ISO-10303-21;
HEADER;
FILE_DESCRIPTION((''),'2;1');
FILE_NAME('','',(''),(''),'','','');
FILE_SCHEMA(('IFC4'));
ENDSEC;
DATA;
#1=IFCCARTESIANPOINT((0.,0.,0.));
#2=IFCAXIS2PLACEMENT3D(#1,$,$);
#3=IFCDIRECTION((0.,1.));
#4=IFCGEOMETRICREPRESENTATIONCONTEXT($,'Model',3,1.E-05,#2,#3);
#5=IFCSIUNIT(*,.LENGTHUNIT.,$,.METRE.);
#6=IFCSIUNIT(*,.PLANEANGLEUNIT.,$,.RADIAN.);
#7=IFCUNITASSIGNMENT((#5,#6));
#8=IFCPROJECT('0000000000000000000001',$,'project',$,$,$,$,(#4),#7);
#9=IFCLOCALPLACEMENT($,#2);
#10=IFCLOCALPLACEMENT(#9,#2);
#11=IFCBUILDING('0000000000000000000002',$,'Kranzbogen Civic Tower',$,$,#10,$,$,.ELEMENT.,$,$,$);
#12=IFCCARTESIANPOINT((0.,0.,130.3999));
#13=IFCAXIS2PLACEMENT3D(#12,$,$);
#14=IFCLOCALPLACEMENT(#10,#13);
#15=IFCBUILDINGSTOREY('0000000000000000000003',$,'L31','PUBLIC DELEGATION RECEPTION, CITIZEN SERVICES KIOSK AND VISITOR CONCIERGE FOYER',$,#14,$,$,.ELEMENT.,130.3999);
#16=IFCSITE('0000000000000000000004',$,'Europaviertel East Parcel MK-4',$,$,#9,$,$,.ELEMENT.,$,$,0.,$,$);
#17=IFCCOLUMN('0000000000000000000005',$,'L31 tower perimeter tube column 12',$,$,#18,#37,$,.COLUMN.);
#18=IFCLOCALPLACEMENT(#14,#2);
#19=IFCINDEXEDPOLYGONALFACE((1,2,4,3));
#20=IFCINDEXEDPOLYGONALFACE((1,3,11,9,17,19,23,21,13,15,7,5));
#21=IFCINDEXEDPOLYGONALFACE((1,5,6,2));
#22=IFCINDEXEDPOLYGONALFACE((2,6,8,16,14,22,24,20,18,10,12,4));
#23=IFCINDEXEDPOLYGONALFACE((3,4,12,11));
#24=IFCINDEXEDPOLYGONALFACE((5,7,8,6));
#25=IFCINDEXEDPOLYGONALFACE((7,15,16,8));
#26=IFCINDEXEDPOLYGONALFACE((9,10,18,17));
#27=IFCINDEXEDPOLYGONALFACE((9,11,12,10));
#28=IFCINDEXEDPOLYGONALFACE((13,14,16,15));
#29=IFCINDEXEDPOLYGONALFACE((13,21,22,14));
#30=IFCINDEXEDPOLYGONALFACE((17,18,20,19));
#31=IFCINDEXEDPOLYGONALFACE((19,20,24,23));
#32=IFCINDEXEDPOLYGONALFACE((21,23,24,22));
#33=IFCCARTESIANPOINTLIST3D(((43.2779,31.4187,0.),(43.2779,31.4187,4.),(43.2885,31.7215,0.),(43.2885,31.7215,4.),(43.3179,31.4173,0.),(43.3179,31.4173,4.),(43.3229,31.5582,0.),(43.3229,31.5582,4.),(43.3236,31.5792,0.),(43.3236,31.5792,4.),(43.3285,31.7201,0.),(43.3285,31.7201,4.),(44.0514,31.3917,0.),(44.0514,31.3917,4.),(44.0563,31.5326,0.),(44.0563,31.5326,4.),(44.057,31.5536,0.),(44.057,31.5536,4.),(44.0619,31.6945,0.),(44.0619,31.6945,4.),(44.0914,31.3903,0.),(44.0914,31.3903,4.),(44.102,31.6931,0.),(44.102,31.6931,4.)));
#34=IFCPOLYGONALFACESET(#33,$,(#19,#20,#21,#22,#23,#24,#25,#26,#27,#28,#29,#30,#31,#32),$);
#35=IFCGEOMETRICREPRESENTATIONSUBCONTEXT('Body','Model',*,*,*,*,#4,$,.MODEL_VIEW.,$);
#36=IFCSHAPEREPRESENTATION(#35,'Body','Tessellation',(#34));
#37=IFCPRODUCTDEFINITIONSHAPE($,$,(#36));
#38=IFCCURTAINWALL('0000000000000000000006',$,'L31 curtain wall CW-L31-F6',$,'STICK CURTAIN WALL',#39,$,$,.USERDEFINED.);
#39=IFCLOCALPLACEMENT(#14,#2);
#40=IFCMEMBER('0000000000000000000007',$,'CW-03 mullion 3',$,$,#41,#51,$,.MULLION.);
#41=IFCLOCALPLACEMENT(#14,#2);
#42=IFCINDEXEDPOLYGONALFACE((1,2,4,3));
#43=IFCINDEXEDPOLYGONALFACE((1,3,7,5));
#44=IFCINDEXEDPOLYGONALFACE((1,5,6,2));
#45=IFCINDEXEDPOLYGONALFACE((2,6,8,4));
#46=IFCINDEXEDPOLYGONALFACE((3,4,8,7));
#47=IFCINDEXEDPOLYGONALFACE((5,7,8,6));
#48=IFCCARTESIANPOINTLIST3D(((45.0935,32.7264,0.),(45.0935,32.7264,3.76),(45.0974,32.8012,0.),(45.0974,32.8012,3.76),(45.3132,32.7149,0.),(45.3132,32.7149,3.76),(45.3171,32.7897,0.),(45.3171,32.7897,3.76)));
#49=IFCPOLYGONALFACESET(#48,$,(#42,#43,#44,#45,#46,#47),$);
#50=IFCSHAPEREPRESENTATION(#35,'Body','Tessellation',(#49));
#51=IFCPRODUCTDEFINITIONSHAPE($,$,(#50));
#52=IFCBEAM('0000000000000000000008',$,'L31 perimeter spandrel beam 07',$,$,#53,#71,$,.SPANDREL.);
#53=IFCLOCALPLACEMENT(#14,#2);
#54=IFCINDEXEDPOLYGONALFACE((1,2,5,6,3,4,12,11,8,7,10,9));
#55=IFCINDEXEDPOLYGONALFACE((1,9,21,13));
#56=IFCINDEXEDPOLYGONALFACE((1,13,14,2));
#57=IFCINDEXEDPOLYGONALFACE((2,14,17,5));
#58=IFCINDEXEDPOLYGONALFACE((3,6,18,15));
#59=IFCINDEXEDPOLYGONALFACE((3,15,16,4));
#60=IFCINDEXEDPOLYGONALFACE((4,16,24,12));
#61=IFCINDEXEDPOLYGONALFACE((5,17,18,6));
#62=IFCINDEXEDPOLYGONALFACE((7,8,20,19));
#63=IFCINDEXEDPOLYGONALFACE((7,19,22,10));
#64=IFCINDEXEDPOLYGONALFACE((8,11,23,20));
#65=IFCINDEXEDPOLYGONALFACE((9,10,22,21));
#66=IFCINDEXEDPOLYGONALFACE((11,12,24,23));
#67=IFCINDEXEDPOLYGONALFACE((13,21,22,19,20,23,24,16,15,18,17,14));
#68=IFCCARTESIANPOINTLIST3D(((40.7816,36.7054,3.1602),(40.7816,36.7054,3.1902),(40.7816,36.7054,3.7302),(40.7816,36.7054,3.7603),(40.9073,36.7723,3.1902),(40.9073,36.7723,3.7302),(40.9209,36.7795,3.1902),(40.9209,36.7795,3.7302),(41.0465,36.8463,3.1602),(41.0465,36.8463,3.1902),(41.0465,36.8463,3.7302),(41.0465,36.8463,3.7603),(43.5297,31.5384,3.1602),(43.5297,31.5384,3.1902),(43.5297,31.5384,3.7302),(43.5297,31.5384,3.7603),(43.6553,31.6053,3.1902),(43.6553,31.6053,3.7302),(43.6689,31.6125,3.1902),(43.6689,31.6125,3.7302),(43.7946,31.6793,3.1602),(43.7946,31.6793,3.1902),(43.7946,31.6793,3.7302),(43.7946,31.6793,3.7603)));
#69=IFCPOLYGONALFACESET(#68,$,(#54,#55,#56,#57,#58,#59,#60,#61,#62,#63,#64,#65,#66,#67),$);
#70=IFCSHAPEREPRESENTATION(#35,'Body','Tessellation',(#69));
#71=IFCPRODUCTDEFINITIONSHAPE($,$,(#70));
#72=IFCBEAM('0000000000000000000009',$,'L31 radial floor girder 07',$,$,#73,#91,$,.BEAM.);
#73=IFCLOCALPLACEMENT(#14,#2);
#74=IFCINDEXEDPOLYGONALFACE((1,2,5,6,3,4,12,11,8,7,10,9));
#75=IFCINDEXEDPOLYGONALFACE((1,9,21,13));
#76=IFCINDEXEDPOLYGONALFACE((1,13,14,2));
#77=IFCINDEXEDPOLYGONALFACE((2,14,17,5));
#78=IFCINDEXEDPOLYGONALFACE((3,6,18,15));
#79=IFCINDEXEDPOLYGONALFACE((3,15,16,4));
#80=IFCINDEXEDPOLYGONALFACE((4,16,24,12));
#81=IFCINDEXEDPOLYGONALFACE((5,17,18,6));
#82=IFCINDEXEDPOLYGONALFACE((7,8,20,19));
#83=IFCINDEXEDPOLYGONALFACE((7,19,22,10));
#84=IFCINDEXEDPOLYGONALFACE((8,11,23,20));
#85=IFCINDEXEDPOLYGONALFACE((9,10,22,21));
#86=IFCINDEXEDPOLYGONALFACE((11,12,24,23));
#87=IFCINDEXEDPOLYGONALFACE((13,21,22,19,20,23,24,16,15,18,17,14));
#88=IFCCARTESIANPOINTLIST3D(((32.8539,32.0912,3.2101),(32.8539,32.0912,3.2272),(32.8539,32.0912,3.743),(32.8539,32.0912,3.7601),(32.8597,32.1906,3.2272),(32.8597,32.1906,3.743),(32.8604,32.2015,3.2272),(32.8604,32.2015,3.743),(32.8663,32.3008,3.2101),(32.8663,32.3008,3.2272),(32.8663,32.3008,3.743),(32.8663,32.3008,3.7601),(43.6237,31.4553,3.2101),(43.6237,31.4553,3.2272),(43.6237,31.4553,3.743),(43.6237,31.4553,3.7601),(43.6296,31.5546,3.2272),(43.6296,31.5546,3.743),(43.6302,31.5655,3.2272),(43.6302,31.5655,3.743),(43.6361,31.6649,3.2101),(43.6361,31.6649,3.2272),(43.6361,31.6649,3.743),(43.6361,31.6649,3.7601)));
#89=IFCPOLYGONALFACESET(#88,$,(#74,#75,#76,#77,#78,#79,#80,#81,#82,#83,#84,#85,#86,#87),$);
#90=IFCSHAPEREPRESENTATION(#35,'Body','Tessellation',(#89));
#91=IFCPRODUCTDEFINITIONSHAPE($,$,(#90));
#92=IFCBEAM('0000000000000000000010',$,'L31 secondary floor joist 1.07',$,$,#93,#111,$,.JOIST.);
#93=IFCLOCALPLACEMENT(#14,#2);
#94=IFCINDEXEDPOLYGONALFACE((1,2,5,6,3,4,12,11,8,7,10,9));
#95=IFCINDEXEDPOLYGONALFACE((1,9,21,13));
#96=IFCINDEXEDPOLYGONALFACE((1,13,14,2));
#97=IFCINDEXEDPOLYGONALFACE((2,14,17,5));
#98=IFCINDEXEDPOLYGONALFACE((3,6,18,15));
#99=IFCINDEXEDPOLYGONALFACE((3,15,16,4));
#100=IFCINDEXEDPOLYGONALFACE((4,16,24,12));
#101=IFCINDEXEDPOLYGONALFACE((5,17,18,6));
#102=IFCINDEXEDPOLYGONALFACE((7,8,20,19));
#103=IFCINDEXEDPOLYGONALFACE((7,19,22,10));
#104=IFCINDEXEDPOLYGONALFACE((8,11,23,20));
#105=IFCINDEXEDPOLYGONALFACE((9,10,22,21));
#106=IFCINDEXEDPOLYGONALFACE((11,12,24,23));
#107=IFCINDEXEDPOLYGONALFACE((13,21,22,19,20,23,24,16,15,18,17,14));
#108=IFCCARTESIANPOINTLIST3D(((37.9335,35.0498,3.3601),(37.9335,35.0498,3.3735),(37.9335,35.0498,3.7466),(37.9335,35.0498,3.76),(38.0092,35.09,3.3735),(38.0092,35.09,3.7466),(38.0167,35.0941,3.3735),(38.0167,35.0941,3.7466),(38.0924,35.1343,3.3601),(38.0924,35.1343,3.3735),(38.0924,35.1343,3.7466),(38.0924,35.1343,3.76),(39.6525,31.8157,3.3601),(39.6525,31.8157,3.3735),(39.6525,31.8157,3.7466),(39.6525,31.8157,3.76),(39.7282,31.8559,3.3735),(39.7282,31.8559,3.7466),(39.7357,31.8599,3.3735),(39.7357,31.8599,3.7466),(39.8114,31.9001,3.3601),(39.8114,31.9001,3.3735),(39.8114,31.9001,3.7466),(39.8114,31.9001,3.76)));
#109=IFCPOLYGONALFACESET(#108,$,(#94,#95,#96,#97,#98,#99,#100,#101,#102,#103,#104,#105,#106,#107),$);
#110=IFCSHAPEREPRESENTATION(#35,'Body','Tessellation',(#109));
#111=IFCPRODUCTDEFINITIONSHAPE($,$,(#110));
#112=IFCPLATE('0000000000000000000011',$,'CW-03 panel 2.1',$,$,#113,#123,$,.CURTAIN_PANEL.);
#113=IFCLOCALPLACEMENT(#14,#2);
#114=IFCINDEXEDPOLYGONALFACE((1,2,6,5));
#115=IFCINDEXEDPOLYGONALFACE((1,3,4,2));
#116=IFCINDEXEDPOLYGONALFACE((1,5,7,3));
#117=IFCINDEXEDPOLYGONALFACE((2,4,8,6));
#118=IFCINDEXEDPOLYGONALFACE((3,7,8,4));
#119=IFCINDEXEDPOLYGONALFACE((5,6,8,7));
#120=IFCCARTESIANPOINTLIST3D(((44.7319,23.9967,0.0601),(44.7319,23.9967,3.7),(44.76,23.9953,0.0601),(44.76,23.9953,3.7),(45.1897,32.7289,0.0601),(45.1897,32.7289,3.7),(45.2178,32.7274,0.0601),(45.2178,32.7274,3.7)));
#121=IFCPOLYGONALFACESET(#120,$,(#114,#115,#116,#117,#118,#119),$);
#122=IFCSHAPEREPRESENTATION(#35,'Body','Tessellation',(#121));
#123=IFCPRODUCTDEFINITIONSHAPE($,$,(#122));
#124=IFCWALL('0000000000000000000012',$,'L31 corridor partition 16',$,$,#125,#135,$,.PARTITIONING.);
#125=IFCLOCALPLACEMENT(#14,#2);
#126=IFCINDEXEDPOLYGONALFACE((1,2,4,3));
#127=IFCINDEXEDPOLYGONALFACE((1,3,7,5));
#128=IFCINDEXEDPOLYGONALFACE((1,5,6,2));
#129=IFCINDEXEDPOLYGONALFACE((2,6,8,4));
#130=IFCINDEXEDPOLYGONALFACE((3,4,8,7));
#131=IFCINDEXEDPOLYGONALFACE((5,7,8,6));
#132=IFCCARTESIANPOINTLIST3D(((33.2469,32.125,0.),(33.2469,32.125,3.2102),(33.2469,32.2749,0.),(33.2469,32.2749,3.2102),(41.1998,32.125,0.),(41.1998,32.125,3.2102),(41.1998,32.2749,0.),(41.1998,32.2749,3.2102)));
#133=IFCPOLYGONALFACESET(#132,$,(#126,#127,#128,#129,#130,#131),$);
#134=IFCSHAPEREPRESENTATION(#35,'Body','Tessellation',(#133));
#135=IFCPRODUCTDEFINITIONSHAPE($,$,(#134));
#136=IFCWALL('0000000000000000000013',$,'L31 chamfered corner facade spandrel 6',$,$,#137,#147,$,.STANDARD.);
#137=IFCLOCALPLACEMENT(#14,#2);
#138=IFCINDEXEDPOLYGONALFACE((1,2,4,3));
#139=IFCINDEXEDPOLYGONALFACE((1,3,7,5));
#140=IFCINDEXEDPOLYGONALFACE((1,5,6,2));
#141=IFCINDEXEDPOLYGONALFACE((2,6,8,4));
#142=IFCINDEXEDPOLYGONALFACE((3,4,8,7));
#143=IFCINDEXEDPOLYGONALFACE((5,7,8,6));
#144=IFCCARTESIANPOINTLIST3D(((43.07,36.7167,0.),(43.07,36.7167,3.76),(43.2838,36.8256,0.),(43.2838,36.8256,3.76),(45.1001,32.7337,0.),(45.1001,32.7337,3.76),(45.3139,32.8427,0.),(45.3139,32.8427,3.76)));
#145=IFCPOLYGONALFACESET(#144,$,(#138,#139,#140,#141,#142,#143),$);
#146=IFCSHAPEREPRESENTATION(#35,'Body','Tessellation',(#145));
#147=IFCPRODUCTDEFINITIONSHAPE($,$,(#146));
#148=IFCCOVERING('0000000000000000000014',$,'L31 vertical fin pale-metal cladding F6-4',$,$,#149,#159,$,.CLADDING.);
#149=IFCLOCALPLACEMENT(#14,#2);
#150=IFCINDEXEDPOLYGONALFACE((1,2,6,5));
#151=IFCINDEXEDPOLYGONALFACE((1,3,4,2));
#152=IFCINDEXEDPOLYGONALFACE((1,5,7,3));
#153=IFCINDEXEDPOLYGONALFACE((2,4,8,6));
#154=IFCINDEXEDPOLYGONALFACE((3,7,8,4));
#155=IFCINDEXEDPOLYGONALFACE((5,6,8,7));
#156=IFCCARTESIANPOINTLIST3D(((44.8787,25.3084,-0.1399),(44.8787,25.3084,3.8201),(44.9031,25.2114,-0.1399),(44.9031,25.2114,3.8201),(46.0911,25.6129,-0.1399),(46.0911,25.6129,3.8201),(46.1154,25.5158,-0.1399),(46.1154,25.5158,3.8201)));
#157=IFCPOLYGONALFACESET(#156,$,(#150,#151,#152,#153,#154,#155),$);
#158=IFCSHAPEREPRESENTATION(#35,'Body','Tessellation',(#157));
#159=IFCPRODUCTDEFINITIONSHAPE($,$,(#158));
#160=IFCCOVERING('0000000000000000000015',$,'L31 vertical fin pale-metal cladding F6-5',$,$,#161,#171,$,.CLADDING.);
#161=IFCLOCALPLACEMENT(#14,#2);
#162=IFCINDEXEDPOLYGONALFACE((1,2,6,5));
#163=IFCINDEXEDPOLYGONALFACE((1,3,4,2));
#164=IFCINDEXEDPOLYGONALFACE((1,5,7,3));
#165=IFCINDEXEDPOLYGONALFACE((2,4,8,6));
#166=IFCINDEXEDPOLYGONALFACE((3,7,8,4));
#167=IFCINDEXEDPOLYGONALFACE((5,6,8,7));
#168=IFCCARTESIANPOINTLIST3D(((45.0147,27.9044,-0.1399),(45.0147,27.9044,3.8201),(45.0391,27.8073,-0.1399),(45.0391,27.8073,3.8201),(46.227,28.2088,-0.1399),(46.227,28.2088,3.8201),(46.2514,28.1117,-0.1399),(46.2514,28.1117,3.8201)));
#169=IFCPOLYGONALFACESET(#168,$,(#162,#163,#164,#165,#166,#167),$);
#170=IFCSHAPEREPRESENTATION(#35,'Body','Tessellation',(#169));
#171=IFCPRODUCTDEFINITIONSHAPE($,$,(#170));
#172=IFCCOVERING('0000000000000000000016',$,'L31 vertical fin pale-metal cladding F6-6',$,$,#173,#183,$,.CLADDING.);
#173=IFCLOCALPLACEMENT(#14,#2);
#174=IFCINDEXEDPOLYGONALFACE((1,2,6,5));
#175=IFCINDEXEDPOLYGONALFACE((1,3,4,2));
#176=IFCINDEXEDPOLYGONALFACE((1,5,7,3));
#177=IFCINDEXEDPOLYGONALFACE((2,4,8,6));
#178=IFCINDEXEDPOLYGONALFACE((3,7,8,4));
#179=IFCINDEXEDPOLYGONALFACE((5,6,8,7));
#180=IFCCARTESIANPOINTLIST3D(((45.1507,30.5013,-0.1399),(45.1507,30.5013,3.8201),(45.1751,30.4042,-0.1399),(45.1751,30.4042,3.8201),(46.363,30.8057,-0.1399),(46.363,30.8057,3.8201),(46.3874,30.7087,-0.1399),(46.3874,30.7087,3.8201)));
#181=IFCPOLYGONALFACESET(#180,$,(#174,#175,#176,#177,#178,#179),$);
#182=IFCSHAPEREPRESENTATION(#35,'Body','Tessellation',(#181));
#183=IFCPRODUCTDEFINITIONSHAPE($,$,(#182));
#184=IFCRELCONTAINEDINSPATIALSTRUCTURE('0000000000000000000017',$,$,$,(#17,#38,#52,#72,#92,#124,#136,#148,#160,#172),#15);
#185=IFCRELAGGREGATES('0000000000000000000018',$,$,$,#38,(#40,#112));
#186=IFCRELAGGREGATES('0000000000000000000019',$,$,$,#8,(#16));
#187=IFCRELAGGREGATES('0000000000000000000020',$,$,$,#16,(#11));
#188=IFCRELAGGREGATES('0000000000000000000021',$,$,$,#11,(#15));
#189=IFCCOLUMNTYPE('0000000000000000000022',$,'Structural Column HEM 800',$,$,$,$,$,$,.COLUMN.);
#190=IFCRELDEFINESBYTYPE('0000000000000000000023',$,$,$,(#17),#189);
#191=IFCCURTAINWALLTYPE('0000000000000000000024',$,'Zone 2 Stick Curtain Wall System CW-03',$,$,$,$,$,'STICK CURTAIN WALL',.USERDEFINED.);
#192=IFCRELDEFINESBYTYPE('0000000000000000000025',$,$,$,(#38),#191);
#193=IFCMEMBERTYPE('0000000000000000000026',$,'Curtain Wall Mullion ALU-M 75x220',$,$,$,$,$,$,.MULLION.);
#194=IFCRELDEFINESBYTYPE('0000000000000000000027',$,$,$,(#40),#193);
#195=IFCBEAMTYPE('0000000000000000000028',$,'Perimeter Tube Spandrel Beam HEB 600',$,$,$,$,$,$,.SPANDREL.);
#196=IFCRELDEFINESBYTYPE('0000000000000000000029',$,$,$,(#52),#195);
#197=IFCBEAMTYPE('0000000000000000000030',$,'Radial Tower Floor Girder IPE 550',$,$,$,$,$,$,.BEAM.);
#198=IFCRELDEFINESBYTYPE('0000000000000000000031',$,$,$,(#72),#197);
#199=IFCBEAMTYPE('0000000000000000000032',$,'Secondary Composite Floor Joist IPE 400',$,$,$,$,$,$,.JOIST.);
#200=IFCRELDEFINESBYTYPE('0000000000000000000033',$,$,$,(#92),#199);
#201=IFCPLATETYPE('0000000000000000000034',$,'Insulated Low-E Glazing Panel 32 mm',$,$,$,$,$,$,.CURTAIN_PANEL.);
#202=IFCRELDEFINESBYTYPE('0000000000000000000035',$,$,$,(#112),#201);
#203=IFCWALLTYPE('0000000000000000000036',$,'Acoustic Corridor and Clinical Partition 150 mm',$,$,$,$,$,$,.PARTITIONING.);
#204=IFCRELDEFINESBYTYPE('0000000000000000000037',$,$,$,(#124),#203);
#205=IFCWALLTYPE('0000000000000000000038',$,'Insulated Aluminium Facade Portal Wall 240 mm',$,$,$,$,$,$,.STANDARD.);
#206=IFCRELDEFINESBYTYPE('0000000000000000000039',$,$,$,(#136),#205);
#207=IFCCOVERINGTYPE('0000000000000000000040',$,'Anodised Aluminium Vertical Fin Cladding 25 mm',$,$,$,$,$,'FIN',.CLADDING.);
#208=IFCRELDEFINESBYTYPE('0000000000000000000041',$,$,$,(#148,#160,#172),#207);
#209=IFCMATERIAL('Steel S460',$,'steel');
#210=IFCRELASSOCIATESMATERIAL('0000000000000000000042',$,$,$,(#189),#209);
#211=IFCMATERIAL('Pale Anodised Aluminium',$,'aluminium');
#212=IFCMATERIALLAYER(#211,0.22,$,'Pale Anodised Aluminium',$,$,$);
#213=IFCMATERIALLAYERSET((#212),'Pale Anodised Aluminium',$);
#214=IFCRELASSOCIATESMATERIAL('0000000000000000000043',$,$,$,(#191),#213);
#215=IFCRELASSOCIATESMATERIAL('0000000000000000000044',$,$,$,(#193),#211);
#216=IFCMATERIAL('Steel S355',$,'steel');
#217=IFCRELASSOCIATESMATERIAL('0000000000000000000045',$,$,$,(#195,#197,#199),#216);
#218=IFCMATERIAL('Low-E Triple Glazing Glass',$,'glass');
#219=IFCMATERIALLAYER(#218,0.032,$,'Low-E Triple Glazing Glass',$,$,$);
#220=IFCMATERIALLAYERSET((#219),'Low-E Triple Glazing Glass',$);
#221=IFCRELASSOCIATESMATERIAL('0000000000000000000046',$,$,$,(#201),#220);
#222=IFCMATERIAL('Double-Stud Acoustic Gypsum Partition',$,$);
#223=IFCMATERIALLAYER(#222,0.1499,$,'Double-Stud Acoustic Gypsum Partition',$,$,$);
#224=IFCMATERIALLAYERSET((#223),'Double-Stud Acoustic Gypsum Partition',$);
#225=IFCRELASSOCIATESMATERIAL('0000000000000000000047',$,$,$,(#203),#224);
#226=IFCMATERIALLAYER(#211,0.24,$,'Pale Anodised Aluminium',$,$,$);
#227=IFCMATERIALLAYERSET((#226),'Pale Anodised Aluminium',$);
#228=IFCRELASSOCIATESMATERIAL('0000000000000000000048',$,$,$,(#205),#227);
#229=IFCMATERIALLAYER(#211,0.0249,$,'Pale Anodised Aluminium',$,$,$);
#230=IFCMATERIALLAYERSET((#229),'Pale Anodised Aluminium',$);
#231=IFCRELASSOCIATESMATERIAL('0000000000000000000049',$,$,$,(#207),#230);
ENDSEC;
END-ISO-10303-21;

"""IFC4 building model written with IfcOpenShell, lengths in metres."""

from ifc_helpers import new_model, si_unit, direction, frame, frame_2d, origin, origin_2d, place, context, subcontext, project, spatial, rectangle, i_section, extrude, material, layer, layer_set, material_profile, profile_set, type_object, element, aggregate, save


model = new_model("IFC4")

# Units and contexts
model_context = context("Model", 3, precision=1e-05, world=origin(), true_north=direction((0.0, 1.0)))
body_context = subcontext(model_context, "Body", "Model", "MODEL_VIEW")
ifc_project = project(units=[si_unit("LENGTHUNIT", "METRE"), si_unit("PLANEANGLEUNIT", "RADIAN")], contexts=[model_context])

# Site, building, storey
site_placement = place(None, origin())
site = spatial("IfcSite", under=ifc_project, at=site_placement, Name="Europaviertel East Parcel MK-4", CompositionType="ELEMENT", RefElevation=0.0)
building_placement = place(site_placement, origin())
building = spatial("IfcBuilding", under=site, at=building_placement, Name="Kranzbogen Civic Tower", CompositionType="ELEMENT")
storey_placement = place(building_placement, frame((0.0, 0.0, 130.3999)))
storey = spatial("IfcBuildingStorey", under=building, at=storey_placement, Name="L31", Description="PUBLIC DELEGATION RECEPTION, CITIZEN SERVICES KIOSK AND VISITOR CONCIERGE FOYER", CompositionType="ELEMENT", Elevation=130.3999)

# Column
ifc_material_1 = material(Name="Steel S460", Category="steel")
ifc_material_profile_1 = material_profile(ifc_material_1, i_section(OverallWidth=0.303, OverallDepth=0.814, WebThickness=0.021, FlangeThickness=0.04, at=origin_2d()), Name="HEM 800")
ifc_profile_set_1 = profile_set([ifc_material_profile_1], Name="Steel S460")
column_type = type_object("IfcColumnType", Name="Structural Column HEM 800", PredefinedType="COLUMN", material=ifc_profile_set_1)
column_placement = place(storey_placement, frame((43.6899, 31.5559, 0.0), z_axis=(0.0, 0.0, 1.0), x_axis=(0.034899, 0.999391, 0.0)))
element("IfcColumn", 1, at=column_placement, inside=storey, type_object=column_type, Name="L31 tower perimeter tube column 12", PredefinedType="COLUMN", context=body_context, shape_type="SweptSolid", body=[
    extrude(i_section(OverallWidth=0.303, OverallDepth=0.814, WebThickness=0.021, FlangeThickness=0.04, at=origin_2d()), origin(), (0.0, 0.0, 1.0), 4.0),
])

# Curtain wall, member
ifc_material_2 = material(Name="Pale Anodised Aluminium", Category="aluminium")
ifc_layer_1 = layer(ifc_material_2, 0.22, Name="Pale Anodised Aluminium")
ifc_layer_set_1 = layer_set([ifc_layer_1], Name="Pale Anodised Aluminium")
curtain_wall_type = type_object("IfcCurtainWallType", Name="Zone 2 Stick Curtain Wall System CW-03", ElementType="STICK CURTAIN WALL", PredefinedType="USERDEFINED", material=ifc_layer_set_1)
curtain_wall_placement = place(storey_placement, origin())
curtain_wall = element("IfcCurtainWall", 2, at=curtain_wall_placement, inside=storey, type_object=curtain_wall_type, Name="L31 curtain wall CW-L31-F6", ObjectType="STICK CURTAIN WALL", PredefinedType="USERDEFINED")
ifc_material_profile_2 = material_profile(ifc_material_2, rectangle(XDim=0.075, YDim=0.22, at=origin_2d()), Name="ALU-M 75x220")
ifc_profile_set_2 = profile_set([ifc_material_profile_2], Name="Pale Anodised Aluminium")
member_type = type_object("IfcMemberType", Name="Curtain Wall Mullion ALU-M 75x220", PredefinedType="MULLION", material=ifc_profile_set_2)
member_placement = place(storey_placement, frame((45.2053, 32.7581, 0.0), z_axis=(0.0, 0.0, 1.0), x_axis=(0.052354, 0.998629, 0.0)))
member = element("IfcMember", 3, at=member_placement, type_object=member_type, Name="CW-03 mullion 3", PredefinedType="MULLION", context=body_context, shape_type="SweptSolid", body=[
    extrude(rectangle(XDim=0.075, YDim=0.22, at=origin_2d()), origin(), (0.0, 0.0, 1.0), 3.76),
])

# Beams
ifc_material_3 = material(Name="Steel S355", Category="steel")
ifc_material_profile_3 = material_profile(ifc_material_3, i_section(OverallWidth=0.3, OverallDepth=0.6001, WebThickness=0.0154, FlangeThickness=0.03, at=origin_2d()), Name="HEB 600")
ifc_profile_set_3 = profile_set([ifc_material_profile_3], Name="Steel S355")
beam_type_1 = type_object("IfcBeamType", Name="Perimeter Tube Spandrel Beam HEB 600", PredefinedType="SPANDREL", material=ifc_profile_set_3)
beam_1_placement = place(storey_placement, frame((43.6621, 31.6089, 3.4602), z_axis=(-0.469566, 0.882897, 0.0), x_axis=(-0.882897, -0.469566, 0.0)))
element("IfcBeam", 4, at=beam_1_placement, inside=storey, type_object=beam_type_1, Name="L31 perimeter spandrel beam 07", PredefinedType="SPANDREL", context=body_context, shape_type="SweptSolid", body=[
    extrude(i_section(OverallWidth=0.3, OverallDepth=0.6001, WebThickness=0.0154, FlangeThickness=0.03, at=origin_2d()), origin(), (0.0, 0.0, 1.0), 5.8523),
])
ifc_material_profile_4 = material_profile(ifc_material_3, i_section(OverallWidth=0.21, OverallDepth=0.55, WebThickness=0.011, FlangeThickness=0.0171, at=origin_2d()), Name="IPE 550")
ifc_profile_set_4 = profile_set([ifc_material_profile_4], Name="Steel S355")
beam_type_2 = type_object("IfcBeamType", Name="Radial Tower Floor Girder IPE 550", PredefinedType="BEAM", material=ifc_profile_set_4)
beam_2_placement = place(storey_placement, frame((43.6299, 31.5601, 3.4851), z_axis=(-0.998261, 0.05895, 0.0), x_axis=(-0.05895, -0.998261, 0.0)))
element("IfcBeam", 5, at=beam_2_placement, inside=storey, type_object=beam_type_2, Name="L31 radial floor girder 07", PredefinedType="BEAM", context=body_context, shape_type="SweptSolid", body=[
    extrude(i_section(OverallWidth=0.21, OverallDepth=0.55, WebThickness=0.011, FlangeThickness=0.0171, at=origin_2d()), origin(), (0.0, 0.0, 1.0), 10.7886),
])
ifc_material_profile_5 = material_profile(ifc_material_3, i_section(OverallWidth=0.1799, OverallDepth=0.3999, WebThickness=0.0085, FlangeThickness=0.0134, at=origin_2d()), Name="IPE 400")
ifc_profile_set_5 = profile_set([ifc_material_profile_5], Name="Steel S355")
beam_type_3 = type_object("IfcBeamType", Name="Secondary Composite Floor Joist IPE 400", PredefinedType="JOIST", material=ifc_profile_set_5)
beam_3_placement = place(storey_placement, frame((39.7319, 31.8579, 3.5601), z_axis=(-0.469339, 0.883018, 0.0), x_axis=(-0.883018, -0.469339, 0.0)))
element("IfcBeam", 6, at=beam_3_placement, inside=storey, type_object=beam_type_3, Name="L31 secondary floor joist 1.07", PredefinedType="JOIST", context=body_context, shape_type="SweptSolid", body=[
    extrude(i_section(OverallWidth=0.1799, OverallDepth=0.3999, WebThickness=0.0085, FlangeThickness=0.0134, at=origin_2d()), origin(), (0.0, 0.0, 1.0), 3.6626),
])

# Plate
ifc_material_4 = material(Name="Low-E Triple Glazing Glass", Category="glass")
ifc_layer_2 = layer(ifc_material_4, 0.032, Name="Low-E Triple Glazing Glass")
ifc_layer_set_2 = layer_set([ifc_layer_2], Name="Low-E Triple Glazing Glass")
plate_type = type_object("IfcPlateType", Name="Insulated Low-E Glazing Panel 32 mm", PredefinedType="CURTAIN_PANEL", material=ifc_layer_set_2)
plate_placement = place(storey_placement, frame((44.9749, 28.3621, 0.0601), z_axis=(0.0, 0.0, 1.0), x_axis=(0.052354, 0.998629, 0.0)))
plate = element("IfcPlate", 7, at=plate_placement, type_object=plate_type, Name="CW-03 panel 2.1", PredefinedType="CURTAIN_PANEL", context=body_context, shape_type="SweptSolid", body=[
    extrude(rectangle(XDim=8.7441, YDim=0.0281, at=origin_2d()), origin(), (0.0, 0.0, 1.0), 3.6399),
])
aggregate(curtain_wall, [member, plate])

# Walls
ifc_material_5 = material(Name="Double-Stud Acoustic Gypsum Partition")
ifc_layer_3 = layer(ifc_material_5, 0.1499, Name="Double-Stud Acoustic Gypsum Partition")
ifc_layer_set_3 = layer_set([ifc_layer_3], Name="Double-Stud Acoustic Gypsum Partition")
wall_type_1 = type_object("IfcWallType", Name="Acoustic Corridor and Clinical Partition 150 mm", PredefinedType="PARTITIONING", material=ifc_layer_set_3)
wall_1_placement = place(storey_placement, frame((41.2, 32.2, 0.0), z_axis=(0.0, 0.0, 1.0), x_axis=(-1.0, 0.0, 0.0)))
element("IfcWall", 8, at=wall_1_placement, inside=storey, type_object=wall_type_1, Name="L31 corridor partition 16", PredefinedType="PARTITIONING", context=body_context, shape_type="SweptSolid", body=[
    extrude(rectangle(XDim=7.9529, YDim=0.1499, at=frame_2d((3.9766, 0.0))), origin(), (0.0, 0.0, 1.0), 3.2102),
])
ifc_layer_4 = layer(ifc_material_2, 0.24, Name="Pale Anodised Aluminium")
ifc_layer_set_4 = layer_set([ifc_layer_4], Name="Pale Anodised Aluminium")
wall_type_2 = type_object("IfcWallType", Name="Insulated Aluminium Facade Portal Wall 240 mm", PredefinedType="STANDARD", material=ifc_layer_set_4)
wall_2_placement = place(storey_placement, frame((45.207, 32.7881, 0.0), z_axis=(0.0, 0.0, 1.0), x_axis=(-0.454103, 0.890949, 0.0)))
element("IfcWall", 9, at=wall_2_placement, inside=storey, type_object=wall_type_2, Name="L31 chamfered corner facade spandrel 6", PredefinedType="STANDARD", context=body_context, shape_type="SweptSolid", body=[
    extrude(rectangle(XDim=4.4705, YDim=0.24, at=frame_2d((2.2354, 0.0))), origin(), (0.0, 0.0, 1.0), 3.76),
])

# Coverings
ifc_layer_5 = layer(ifc_material_2, 0.0249, Name="Pale Anodised Aluminium")
ifc_layer_set_5 = layer_set([ifc_layer_5], Name="Pale Anodised Aluminium")
covering_type = type_object("IfcCoveringType", Name="Anodised Aluminium Vertical Fin Cladding 25 mm", ElementType="FIN", PredefinedType="CLADDING", material=ifc_layer_set_5)
for number, where, z_axis, x_axis, name in (
    (10, (45.4971, 25.4121, -0.1399), (0.0, 0.0, 1.0), (0.969889, 0.243547, 0.0), "L31 vertical fin pale-metal cladding F6-4"),
    (11, (45.6331, 28.0081, -0.1399), (0.0, 0.0, 1.0), (0.969889, 0.243547, 0.0), "L31 vertical fin pale-metal cladding F6-5"),
    (12, (45.769, 30.605, -0.1399), (0.0, 0.0, 1.0), (0.969889, 0.243547, 0.0), "L31 vertical fin pale-metal cladding F6-6"),
):
    element("IfcCovering", number, at=place(storey_placement, frame(where, z_axis=z_axis, x_axis=x_axis)), inside=storey, type_object=covering_type, Name=name, PredefinedType="CLADDING", context=body_context, shape_type="SweptSolid", body=[
        extrude(rectangle(XDim=1.25, YDim=0.1001, at=origin_2d()), origin(), (0.0, 0.0, 1.0), 3.96),
    ])

save(model, "model.ifc")
